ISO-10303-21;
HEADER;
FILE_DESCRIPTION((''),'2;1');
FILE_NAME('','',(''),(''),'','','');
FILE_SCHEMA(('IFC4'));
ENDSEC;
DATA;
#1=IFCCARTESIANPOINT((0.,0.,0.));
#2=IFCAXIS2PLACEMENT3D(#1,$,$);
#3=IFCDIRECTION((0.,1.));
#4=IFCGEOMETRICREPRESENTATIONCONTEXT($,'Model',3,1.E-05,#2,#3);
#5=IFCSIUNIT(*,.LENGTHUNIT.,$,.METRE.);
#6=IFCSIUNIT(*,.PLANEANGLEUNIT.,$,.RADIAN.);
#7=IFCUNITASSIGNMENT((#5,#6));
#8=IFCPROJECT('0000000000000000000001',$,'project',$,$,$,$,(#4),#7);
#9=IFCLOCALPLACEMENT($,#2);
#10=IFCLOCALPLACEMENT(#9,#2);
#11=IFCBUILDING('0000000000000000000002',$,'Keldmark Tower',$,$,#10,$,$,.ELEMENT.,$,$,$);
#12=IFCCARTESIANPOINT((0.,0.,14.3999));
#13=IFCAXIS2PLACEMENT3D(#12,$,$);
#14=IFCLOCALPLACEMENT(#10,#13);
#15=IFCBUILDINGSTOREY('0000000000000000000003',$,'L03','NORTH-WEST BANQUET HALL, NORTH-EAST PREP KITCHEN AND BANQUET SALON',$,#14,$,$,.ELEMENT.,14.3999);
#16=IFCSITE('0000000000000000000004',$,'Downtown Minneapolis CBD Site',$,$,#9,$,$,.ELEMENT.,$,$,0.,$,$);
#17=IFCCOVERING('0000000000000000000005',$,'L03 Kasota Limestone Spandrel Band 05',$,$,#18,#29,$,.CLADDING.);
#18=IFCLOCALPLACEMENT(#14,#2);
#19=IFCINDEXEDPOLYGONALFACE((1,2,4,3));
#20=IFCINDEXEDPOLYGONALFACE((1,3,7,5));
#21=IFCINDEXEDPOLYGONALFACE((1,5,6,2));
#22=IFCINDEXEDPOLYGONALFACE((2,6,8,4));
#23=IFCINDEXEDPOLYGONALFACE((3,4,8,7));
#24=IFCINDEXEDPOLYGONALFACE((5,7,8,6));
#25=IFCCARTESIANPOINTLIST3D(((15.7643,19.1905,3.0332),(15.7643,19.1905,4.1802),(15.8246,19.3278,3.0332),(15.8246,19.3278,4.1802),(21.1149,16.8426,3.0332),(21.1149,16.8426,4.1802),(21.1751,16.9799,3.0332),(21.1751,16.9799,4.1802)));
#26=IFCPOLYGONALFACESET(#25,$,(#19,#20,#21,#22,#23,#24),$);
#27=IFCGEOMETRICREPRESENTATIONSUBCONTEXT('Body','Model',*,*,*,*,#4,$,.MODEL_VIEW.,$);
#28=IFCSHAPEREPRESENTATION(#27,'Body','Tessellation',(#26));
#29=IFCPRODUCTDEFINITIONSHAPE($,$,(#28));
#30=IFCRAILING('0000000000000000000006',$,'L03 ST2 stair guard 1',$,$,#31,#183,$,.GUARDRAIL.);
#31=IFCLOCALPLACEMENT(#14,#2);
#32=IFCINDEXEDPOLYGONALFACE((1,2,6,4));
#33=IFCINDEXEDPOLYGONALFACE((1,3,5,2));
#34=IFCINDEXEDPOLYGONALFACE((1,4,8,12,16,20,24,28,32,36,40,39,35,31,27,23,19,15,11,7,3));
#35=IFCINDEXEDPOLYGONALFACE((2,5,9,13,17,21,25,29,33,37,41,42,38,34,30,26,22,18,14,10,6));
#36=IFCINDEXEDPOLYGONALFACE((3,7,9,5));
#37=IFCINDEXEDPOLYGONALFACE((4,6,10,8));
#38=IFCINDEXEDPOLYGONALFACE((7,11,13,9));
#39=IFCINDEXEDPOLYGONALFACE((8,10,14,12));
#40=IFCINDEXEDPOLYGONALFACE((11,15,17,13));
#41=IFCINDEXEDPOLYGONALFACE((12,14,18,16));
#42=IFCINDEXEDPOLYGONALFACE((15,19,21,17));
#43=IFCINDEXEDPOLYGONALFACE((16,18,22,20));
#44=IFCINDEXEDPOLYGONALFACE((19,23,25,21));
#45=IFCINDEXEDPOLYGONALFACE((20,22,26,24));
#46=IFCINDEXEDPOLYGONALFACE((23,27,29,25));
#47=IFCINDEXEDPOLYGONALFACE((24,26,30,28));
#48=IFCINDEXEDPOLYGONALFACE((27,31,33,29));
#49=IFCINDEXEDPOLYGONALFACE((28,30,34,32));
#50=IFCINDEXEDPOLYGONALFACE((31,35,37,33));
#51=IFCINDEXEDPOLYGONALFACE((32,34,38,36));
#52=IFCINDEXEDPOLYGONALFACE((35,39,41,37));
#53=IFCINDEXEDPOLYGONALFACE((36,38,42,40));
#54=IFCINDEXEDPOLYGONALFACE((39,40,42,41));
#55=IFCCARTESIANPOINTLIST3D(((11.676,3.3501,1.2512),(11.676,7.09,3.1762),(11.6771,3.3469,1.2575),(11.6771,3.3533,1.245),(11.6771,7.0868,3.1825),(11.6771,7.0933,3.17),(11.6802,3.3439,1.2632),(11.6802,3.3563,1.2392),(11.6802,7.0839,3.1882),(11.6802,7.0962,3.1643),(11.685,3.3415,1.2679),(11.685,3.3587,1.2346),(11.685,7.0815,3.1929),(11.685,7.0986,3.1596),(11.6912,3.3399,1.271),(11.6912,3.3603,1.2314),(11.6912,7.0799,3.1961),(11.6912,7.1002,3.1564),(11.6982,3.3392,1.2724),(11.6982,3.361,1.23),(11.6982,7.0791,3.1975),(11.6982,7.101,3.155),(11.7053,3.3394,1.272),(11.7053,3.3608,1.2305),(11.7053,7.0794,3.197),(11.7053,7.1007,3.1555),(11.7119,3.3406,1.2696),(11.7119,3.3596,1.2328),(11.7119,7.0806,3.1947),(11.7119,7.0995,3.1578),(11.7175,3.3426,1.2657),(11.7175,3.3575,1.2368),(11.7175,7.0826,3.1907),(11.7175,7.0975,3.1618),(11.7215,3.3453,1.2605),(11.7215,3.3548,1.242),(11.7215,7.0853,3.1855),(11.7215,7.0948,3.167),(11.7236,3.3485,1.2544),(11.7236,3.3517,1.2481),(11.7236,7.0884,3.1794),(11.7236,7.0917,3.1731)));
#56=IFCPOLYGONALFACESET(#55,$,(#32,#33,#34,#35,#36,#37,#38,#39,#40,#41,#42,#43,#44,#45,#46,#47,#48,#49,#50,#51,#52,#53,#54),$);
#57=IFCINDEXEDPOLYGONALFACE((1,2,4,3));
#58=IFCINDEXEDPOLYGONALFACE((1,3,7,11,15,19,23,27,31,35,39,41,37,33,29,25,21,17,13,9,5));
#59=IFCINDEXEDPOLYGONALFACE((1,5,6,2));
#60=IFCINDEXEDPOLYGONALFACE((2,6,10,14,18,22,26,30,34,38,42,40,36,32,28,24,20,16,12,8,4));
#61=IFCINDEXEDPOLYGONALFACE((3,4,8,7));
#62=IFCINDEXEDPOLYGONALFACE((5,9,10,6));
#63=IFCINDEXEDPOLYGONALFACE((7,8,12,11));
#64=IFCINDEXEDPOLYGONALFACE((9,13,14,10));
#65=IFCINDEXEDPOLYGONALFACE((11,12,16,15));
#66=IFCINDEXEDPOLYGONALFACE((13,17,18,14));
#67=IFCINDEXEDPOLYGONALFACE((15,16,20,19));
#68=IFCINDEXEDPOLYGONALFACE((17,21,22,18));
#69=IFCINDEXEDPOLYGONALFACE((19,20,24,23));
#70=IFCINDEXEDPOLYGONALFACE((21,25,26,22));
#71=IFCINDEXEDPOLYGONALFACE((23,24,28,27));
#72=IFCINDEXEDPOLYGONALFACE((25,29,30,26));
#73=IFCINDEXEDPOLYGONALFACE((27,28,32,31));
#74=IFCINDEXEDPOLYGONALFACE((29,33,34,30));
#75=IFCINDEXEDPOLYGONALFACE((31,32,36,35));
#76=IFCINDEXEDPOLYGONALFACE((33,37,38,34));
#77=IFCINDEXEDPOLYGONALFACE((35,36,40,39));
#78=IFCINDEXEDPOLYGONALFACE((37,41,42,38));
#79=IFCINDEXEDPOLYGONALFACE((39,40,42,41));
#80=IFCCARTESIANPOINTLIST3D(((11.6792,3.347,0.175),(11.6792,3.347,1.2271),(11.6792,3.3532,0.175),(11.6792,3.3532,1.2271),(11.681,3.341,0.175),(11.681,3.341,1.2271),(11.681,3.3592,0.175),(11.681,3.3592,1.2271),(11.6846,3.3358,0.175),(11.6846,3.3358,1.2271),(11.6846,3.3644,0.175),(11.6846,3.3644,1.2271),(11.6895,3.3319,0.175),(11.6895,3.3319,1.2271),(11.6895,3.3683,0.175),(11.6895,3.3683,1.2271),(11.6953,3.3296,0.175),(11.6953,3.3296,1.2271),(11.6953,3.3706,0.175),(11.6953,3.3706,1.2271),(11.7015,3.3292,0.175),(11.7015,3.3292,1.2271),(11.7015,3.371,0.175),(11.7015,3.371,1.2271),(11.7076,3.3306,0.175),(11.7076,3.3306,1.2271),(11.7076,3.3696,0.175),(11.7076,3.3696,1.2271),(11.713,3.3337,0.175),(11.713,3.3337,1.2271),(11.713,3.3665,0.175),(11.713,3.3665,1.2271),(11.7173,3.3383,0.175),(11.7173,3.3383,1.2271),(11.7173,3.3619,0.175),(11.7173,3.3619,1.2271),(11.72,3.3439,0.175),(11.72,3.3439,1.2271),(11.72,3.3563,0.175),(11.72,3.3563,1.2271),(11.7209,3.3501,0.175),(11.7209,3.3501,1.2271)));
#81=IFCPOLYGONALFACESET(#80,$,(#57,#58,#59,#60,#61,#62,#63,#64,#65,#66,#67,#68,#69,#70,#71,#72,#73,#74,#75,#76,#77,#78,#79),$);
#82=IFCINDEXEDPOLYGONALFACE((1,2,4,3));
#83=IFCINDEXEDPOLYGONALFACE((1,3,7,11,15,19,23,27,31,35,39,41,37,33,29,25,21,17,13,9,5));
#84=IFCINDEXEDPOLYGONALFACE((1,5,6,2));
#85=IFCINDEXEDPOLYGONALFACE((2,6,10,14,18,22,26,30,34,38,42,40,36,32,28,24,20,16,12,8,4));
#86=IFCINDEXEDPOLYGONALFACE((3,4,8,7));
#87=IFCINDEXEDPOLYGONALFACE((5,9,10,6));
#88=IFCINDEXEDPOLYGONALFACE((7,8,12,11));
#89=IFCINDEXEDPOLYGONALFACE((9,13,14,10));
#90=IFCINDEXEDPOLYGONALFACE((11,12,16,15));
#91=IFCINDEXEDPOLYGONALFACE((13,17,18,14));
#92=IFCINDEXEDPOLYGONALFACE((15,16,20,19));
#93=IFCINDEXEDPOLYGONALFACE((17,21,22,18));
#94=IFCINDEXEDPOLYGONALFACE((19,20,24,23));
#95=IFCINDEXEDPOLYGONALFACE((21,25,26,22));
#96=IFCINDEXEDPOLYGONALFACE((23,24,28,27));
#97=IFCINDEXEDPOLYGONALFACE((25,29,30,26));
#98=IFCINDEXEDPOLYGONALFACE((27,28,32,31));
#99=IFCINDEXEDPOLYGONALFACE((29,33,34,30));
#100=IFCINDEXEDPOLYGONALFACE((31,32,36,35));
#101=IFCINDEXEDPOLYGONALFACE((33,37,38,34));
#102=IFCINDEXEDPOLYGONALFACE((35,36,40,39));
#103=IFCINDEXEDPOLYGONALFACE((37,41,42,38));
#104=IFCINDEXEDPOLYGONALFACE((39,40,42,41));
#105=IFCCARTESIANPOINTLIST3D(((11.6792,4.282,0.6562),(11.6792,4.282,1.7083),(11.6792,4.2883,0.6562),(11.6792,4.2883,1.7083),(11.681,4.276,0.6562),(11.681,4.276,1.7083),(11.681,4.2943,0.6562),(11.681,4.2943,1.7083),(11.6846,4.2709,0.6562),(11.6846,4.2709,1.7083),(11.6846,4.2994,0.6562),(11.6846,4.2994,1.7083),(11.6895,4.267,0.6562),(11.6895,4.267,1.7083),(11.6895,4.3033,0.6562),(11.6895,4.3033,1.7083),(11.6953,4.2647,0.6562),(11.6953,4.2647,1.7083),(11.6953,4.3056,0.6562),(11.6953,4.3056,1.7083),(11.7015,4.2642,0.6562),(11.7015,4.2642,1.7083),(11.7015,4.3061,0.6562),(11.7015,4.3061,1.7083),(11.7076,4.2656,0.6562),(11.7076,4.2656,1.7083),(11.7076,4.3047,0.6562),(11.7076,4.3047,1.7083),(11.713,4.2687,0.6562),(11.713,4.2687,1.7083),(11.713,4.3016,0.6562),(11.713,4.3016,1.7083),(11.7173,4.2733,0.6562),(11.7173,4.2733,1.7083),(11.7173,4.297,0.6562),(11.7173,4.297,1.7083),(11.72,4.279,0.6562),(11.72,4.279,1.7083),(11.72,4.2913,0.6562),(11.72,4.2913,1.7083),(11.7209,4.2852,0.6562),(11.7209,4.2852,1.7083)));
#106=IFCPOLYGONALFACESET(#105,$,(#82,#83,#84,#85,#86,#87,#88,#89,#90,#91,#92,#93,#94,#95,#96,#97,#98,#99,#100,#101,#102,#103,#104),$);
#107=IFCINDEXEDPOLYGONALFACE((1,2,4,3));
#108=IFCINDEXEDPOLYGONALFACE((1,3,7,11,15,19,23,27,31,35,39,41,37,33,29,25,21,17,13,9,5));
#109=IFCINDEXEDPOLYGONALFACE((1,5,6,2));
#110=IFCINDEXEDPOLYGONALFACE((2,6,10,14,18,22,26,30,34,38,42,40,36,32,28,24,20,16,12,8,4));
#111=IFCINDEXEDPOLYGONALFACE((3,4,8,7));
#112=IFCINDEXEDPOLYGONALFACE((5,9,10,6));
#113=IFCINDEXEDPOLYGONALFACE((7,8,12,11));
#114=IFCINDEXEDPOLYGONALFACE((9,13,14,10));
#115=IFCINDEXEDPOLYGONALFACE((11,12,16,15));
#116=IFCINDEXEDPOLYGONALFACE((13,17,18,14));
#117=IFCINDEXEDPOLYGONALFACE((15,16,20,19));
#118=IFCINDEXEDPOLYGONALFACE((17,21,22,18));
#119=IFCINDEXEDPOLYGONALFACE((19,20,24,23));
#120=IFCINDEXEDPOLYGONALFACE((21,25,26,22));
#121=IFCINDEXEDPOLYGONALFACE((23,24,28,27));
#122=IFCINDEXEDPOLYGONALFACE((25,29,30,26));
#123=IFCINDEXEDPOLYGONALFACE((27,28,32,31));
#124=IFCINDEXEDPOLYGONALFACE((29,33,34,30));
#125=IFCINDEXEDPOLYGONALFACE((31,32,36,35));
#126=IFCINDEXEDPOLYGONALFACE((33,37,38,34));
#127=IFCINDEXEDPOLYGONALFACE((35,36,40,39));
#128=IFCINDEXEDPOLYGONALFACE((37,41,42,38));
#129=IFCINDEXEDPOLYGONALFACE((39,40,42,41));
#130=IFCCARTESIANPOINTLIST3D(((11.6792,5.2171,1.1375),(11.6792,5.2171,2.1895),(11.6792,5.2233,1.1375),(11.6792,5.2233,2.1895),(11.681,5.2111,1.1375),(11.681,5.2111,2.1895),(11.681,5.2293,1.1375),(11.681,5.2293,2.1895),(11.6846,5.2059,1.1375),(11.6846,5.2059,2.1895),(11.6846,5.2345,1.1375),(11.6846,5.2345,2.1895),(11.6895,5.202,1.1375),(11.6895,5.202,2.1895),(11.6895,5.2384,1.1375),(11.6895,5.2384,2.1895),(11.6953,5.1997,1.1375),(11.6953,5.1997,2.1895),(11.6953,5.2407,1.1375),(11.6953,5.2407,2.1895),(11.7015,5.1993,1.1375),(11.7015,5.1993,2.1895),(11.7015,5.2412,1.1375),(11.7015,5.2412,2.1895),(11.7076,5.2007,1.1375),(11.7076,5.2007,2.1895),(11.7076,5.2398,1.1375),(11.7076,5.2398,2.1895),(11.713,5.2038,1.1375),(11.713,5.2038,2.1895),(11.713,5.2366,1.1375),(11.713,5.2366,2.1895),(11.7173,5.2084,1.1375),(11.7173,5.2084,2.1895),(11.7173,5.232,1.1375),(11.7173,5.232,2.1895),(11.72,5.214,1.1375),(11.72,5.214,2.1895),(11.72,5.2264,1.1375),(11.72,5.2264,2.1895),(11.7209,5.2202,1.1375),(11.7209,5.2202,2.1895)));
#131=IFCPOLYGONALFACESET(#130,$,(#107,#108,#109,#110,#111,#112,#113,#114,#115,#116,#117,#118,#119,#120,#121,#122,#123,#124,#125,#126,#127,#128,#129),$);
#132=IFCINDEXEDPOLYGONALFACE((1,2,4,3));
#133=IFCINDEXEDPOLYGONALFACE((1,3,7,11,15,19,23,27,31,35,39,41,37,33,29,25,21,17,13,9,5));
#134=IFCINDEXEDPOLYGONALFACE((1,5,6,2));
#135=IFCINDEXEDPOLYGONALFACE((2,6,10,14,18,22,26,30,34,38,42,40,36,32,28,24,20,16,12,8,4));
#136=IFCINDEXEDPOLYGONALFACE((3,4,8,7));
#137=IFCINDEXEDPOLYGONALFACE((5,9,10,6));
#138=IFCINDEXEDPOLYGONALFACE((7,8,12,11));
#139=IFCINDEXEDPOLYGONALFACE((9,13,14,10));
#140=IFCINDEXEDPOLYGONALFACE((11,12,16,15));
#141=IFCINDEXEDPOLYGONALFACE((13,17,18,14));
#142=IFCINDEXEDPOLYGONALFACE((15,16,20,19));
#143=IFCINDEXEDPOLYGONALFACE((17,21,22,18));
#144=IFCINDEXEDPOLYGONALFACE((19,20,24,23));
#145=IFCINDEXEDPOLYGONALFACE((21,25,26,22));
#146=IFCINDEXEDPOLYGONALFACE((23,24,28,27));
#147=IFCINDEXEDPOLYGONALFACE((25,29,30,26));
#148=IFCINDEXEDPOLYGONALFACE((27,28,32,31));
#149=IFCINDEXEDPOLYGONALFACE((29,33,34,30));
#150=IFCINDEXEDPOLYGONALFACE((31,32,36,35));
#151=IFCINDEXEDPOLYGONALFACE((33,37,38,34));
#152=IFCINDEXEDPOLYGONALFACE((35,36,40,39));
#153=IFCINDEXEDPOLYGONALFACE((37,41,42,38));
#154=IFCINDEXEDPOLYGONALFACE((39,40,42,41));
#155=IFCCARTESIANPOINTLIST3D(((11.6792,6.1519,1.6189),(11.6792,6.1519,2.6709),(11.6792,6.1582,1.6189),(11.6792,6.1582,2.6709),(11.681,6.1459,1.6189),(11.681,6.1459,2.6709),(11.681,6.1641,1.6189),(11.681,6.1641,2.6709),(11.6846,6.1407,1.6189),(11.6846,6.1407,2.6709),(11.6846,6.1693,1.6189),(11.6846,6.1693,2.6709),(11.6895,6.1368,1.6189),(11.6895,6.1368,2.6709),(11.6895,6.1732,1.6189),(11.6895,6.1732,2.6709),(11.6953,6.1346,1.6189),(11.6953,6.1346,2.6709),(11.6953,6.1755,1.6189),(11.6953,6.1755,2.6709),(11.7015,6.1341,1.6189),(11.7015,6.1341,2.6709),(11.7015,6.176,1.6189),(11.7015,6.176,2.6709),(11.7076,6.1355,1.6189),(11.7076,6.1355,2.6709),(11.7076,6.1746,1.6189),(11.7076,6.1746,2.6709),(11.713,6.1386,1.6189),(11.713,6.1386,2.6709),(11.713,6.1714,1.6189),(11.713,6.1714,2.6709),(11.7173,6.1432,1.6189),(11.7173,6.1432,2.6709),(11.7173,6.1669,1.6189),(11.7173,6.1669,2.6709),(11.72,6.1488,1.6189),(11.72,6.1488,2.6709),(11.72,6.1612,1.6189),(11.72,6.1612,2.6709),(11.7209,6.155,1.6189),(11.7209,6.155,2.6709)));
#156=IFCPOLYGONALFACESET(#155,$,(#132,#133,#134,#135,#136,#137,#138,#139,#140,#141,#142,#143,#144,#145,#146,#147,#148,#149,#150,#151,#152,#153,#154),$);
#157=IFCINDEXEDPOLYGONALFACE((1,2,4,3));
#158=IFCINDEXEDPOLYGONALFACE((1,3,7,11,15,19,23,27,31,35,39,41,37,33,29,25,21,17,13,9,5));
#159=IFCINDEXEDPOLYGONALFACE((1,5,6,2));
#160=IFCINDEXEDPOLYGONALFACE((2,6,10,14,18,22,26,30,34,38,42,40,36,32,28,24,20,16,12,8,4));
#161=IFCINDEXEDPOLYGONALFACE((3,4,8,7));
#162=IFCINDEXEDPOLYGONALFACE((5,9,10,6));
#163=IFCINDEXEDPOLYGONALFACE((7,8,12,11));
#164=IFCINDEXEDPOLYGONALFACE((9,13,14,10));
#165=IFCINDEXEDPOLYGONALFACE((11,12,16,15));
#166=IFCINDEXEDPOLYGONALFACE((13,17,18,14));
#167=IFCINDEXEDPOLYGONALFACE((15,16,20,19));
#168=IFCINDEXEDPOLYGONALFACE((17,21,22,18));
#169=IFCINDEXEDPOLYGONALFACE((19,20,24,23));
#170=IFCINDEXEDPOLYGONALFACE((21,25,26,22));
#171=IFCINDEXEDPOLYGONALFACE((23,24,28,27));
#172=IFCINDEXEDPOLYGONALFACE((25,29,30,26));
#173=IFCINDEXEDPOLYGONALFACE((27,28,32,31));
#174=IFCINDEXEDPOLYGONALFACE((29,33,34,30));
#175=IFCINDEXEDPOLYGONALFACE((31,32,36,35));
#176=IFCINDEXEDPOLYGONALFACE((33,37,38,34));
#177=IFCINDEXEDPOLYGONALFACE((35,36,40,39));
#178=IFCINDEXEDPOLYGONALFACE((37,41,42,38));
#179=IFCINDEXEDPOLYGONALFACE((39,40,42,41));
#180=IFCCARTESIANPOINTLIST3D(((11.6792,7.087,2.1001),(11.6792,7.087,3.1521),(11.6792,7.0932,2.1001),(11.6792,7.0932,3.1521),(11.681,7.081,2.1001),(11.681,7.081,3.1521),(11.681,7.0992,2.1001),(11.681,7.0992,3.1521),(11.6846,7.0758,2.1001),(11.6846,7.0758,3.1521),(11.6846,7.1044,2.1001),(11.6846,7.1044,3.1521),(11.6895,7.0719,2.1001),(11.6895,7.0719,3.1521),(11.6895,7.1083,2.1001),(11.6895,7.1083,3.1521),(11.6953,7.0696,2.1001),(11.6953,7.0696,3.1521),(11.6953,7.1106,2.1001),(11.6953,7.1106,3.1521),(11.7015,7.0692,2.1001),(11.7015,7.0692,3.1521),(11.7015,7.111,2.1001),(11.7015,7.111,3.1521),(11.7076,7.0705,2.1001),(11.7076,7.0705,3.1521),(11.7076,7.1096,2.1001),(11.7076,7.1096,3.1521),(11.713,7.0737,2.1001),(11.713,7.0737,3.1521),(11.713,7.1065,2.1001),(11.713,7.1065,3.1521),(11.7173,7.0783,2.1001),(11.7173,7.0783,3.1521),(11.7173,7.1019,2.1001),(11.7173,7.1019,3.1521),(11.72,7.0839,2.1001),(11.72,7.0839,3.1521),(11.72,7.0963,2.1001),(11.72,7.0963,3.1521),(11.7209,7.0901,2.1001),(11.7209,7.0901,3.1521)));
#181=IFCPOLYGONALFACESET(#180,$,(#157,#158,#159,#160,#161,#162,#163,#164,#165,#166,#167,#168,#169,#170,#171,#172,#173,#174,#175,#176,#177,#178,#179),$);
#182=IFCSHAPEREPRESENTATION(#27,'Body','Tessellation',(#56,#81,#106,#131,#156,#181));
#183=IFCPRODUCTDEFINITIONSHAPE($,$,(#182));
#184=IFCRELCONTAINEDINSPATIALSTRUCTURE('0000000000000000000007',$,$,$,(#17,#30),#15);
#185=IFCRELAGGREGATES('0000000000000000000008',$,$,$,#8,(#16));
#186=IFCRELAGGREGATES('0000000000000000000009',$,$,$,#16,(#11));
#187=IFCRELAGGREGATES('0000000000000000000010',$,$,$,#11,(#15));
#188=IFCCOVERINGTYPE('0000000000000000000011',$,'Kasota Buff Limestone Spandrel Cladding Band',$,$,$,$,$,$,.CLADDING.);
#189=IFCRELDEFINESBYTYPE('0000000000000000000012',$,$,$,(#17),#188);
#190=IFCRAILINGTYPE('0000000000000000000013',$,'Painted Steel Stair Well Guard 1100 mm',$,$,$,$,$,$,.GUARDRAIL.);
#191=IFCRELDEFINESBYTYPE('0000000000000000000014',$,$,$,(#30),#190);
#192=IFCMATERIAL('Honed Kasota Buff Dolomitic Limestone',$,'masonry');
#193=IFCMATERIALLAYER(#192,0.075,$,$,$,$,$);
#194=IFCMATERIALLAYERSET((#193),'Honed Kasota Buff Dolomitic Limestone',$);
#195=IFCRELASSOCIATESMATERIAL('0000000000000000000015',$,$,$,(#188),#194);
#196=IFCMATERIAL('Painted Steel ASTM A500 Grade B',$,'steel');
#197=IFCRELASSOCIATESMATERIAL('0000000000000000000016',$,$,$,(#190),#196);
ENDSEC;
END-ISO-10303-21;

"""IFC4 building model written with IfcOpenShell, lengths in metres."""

from ifc_helpers import new_model, si_unit, direction, frame, origin, origin_2d, place, context, subcontext, project, spatial, rectangle, circle, extrude, material, layer, layer_set, type_object, element, save


model = new_model("IFC4")

# Units and contexts
model_context = context("Model", 3, precision=1e-05, world=origin(), true_north=direction((0.0, 1.0)))
body_context = subcontext(model_context, "Body", "Model", "MODEL_VIEW")
ifc_project = project(units=[si_unit("LENGTHUNIT", "METRE"), si_unit("PLANEANGLEUNIT", "RADIAN")], contexts=[model_context])

# Site, building, storey
site_placement = place(None, origin())
site = spatial("IfcSite", under=ifc_project, at=site_placement, Name="Downtown Minneapolis CBD Site", CompositionType="ELEMENT", RefElevation=0.0)
building_placement = place(site_placement, origin())
building = spatial("IfcBuilding", under=site, at=building_placement, Name="Keldmark Tower", CompositionType="ELEMENT")
storey_placement = place(building_placement, frame((0.0, 0.0, 14.3999)))
storey = spatial("IfcBuildingStorey", under=building, at=storey_placement, Name="L03", Description="NORTH-WEST BANQUET HALL, NORTH-EAST PREP KITCHEN AND BANQUET SALON", CompositionType="ELEMENT", Elevation=14.3999)

# Covering
ifc_material_1 = material(Name="Honed Kasota Buff Dolomitic Limestone", Category="masonry")
ifc_layer_1 = layer(ifc_material_1, 0.075)
ifc_layer_set_1 = layer_set([ifc_layer_1], Name="Honed Kasota Buff Dolomitic Limestone")
covering_type = type_object("IfcCoveringType", Name="Kasota Buff Limestone Spandrel Cladding Band", PredefinedType="CLADDING", material=ifc_layer_set_1)
covering_placement = place(storey_placement, frame((18.4697, 18.0852, 3.0332), z_axis=(0.0, 0.0, 1.0), x_axis=(-0.915712, 0.401836, 0.0)))
element("IfcCovering", 1, at=covering_placement, inside=storey, type_object=covering_type, Name="L03 Kasota Limestone Spandrel Band 05", PredefinedType="CLADDING", context=body_context, shape_type="SweptSolid", body=[
    extrude(rectangle(XDim=5.843, YDim=0.1499, at=origin_2d()), origin(), (0.0, 0.0, 1.0), 1.147),
])

# Railing
ifc_material_2 = material(Name="Painted Steel ASTM A500 Grade B", Category="steel")
railing_type_1 = type_object("IfcRailingType", Name="Painted Steel Stair Well Guard 1100 mm", PredefinedType="GUARDRAIL", material=ifc_material_2)
railing_1_placement = place(storey_placement, frame((11.7, 3.3501, 0.175)))
element("IfcRailing", 2, at=railing_1_placement, inside=storey, type_object=railing_type_1, Name="L03 ST2 stair guard 1", PredefinedType="GUARDRAIL", context=body_context, shape_type="SweptSolid", body=[
    extrude(circle(Radius=0.0239, at=origin_2d()), frame((0.0, 0.0, 1.0762), z_axis=(0.0, 0.889131, 0.457654), x_axis=(-1.0, 0.0, 0.0)), (0.0, 0.0, 1.0), 4.2063),
    extrude(circle(Radius=0.021, at=origin_2d()), origin(), (0.0, 0.0, 1.0), 1.052),
    extrude(circle(Radius=0.021, at=origin_2d()), frame((0.0, 0.9351, 0.4812)), (0.0, 0.0, 1.0), 1.052),
    extrude(circle(Radius=0.021, at=origin_2d()), frame((0.0, 1.8701, 0.9624)), (0.0, 0.0, 1.0), 1.052),
    extrude(circle(Radius=0.021, at=origin_2d()), frame((0.0, 2.8049, 1.4438)), (0.0, 0.0, 1.0), 1.052),
    extrude(circle(Radius=0.021, at=origin_2d()), frame((0.0, 3.74, 1.925)), (0.0, 0.0, 1.0), 1.052),
])

save(model, "model.ifc")
